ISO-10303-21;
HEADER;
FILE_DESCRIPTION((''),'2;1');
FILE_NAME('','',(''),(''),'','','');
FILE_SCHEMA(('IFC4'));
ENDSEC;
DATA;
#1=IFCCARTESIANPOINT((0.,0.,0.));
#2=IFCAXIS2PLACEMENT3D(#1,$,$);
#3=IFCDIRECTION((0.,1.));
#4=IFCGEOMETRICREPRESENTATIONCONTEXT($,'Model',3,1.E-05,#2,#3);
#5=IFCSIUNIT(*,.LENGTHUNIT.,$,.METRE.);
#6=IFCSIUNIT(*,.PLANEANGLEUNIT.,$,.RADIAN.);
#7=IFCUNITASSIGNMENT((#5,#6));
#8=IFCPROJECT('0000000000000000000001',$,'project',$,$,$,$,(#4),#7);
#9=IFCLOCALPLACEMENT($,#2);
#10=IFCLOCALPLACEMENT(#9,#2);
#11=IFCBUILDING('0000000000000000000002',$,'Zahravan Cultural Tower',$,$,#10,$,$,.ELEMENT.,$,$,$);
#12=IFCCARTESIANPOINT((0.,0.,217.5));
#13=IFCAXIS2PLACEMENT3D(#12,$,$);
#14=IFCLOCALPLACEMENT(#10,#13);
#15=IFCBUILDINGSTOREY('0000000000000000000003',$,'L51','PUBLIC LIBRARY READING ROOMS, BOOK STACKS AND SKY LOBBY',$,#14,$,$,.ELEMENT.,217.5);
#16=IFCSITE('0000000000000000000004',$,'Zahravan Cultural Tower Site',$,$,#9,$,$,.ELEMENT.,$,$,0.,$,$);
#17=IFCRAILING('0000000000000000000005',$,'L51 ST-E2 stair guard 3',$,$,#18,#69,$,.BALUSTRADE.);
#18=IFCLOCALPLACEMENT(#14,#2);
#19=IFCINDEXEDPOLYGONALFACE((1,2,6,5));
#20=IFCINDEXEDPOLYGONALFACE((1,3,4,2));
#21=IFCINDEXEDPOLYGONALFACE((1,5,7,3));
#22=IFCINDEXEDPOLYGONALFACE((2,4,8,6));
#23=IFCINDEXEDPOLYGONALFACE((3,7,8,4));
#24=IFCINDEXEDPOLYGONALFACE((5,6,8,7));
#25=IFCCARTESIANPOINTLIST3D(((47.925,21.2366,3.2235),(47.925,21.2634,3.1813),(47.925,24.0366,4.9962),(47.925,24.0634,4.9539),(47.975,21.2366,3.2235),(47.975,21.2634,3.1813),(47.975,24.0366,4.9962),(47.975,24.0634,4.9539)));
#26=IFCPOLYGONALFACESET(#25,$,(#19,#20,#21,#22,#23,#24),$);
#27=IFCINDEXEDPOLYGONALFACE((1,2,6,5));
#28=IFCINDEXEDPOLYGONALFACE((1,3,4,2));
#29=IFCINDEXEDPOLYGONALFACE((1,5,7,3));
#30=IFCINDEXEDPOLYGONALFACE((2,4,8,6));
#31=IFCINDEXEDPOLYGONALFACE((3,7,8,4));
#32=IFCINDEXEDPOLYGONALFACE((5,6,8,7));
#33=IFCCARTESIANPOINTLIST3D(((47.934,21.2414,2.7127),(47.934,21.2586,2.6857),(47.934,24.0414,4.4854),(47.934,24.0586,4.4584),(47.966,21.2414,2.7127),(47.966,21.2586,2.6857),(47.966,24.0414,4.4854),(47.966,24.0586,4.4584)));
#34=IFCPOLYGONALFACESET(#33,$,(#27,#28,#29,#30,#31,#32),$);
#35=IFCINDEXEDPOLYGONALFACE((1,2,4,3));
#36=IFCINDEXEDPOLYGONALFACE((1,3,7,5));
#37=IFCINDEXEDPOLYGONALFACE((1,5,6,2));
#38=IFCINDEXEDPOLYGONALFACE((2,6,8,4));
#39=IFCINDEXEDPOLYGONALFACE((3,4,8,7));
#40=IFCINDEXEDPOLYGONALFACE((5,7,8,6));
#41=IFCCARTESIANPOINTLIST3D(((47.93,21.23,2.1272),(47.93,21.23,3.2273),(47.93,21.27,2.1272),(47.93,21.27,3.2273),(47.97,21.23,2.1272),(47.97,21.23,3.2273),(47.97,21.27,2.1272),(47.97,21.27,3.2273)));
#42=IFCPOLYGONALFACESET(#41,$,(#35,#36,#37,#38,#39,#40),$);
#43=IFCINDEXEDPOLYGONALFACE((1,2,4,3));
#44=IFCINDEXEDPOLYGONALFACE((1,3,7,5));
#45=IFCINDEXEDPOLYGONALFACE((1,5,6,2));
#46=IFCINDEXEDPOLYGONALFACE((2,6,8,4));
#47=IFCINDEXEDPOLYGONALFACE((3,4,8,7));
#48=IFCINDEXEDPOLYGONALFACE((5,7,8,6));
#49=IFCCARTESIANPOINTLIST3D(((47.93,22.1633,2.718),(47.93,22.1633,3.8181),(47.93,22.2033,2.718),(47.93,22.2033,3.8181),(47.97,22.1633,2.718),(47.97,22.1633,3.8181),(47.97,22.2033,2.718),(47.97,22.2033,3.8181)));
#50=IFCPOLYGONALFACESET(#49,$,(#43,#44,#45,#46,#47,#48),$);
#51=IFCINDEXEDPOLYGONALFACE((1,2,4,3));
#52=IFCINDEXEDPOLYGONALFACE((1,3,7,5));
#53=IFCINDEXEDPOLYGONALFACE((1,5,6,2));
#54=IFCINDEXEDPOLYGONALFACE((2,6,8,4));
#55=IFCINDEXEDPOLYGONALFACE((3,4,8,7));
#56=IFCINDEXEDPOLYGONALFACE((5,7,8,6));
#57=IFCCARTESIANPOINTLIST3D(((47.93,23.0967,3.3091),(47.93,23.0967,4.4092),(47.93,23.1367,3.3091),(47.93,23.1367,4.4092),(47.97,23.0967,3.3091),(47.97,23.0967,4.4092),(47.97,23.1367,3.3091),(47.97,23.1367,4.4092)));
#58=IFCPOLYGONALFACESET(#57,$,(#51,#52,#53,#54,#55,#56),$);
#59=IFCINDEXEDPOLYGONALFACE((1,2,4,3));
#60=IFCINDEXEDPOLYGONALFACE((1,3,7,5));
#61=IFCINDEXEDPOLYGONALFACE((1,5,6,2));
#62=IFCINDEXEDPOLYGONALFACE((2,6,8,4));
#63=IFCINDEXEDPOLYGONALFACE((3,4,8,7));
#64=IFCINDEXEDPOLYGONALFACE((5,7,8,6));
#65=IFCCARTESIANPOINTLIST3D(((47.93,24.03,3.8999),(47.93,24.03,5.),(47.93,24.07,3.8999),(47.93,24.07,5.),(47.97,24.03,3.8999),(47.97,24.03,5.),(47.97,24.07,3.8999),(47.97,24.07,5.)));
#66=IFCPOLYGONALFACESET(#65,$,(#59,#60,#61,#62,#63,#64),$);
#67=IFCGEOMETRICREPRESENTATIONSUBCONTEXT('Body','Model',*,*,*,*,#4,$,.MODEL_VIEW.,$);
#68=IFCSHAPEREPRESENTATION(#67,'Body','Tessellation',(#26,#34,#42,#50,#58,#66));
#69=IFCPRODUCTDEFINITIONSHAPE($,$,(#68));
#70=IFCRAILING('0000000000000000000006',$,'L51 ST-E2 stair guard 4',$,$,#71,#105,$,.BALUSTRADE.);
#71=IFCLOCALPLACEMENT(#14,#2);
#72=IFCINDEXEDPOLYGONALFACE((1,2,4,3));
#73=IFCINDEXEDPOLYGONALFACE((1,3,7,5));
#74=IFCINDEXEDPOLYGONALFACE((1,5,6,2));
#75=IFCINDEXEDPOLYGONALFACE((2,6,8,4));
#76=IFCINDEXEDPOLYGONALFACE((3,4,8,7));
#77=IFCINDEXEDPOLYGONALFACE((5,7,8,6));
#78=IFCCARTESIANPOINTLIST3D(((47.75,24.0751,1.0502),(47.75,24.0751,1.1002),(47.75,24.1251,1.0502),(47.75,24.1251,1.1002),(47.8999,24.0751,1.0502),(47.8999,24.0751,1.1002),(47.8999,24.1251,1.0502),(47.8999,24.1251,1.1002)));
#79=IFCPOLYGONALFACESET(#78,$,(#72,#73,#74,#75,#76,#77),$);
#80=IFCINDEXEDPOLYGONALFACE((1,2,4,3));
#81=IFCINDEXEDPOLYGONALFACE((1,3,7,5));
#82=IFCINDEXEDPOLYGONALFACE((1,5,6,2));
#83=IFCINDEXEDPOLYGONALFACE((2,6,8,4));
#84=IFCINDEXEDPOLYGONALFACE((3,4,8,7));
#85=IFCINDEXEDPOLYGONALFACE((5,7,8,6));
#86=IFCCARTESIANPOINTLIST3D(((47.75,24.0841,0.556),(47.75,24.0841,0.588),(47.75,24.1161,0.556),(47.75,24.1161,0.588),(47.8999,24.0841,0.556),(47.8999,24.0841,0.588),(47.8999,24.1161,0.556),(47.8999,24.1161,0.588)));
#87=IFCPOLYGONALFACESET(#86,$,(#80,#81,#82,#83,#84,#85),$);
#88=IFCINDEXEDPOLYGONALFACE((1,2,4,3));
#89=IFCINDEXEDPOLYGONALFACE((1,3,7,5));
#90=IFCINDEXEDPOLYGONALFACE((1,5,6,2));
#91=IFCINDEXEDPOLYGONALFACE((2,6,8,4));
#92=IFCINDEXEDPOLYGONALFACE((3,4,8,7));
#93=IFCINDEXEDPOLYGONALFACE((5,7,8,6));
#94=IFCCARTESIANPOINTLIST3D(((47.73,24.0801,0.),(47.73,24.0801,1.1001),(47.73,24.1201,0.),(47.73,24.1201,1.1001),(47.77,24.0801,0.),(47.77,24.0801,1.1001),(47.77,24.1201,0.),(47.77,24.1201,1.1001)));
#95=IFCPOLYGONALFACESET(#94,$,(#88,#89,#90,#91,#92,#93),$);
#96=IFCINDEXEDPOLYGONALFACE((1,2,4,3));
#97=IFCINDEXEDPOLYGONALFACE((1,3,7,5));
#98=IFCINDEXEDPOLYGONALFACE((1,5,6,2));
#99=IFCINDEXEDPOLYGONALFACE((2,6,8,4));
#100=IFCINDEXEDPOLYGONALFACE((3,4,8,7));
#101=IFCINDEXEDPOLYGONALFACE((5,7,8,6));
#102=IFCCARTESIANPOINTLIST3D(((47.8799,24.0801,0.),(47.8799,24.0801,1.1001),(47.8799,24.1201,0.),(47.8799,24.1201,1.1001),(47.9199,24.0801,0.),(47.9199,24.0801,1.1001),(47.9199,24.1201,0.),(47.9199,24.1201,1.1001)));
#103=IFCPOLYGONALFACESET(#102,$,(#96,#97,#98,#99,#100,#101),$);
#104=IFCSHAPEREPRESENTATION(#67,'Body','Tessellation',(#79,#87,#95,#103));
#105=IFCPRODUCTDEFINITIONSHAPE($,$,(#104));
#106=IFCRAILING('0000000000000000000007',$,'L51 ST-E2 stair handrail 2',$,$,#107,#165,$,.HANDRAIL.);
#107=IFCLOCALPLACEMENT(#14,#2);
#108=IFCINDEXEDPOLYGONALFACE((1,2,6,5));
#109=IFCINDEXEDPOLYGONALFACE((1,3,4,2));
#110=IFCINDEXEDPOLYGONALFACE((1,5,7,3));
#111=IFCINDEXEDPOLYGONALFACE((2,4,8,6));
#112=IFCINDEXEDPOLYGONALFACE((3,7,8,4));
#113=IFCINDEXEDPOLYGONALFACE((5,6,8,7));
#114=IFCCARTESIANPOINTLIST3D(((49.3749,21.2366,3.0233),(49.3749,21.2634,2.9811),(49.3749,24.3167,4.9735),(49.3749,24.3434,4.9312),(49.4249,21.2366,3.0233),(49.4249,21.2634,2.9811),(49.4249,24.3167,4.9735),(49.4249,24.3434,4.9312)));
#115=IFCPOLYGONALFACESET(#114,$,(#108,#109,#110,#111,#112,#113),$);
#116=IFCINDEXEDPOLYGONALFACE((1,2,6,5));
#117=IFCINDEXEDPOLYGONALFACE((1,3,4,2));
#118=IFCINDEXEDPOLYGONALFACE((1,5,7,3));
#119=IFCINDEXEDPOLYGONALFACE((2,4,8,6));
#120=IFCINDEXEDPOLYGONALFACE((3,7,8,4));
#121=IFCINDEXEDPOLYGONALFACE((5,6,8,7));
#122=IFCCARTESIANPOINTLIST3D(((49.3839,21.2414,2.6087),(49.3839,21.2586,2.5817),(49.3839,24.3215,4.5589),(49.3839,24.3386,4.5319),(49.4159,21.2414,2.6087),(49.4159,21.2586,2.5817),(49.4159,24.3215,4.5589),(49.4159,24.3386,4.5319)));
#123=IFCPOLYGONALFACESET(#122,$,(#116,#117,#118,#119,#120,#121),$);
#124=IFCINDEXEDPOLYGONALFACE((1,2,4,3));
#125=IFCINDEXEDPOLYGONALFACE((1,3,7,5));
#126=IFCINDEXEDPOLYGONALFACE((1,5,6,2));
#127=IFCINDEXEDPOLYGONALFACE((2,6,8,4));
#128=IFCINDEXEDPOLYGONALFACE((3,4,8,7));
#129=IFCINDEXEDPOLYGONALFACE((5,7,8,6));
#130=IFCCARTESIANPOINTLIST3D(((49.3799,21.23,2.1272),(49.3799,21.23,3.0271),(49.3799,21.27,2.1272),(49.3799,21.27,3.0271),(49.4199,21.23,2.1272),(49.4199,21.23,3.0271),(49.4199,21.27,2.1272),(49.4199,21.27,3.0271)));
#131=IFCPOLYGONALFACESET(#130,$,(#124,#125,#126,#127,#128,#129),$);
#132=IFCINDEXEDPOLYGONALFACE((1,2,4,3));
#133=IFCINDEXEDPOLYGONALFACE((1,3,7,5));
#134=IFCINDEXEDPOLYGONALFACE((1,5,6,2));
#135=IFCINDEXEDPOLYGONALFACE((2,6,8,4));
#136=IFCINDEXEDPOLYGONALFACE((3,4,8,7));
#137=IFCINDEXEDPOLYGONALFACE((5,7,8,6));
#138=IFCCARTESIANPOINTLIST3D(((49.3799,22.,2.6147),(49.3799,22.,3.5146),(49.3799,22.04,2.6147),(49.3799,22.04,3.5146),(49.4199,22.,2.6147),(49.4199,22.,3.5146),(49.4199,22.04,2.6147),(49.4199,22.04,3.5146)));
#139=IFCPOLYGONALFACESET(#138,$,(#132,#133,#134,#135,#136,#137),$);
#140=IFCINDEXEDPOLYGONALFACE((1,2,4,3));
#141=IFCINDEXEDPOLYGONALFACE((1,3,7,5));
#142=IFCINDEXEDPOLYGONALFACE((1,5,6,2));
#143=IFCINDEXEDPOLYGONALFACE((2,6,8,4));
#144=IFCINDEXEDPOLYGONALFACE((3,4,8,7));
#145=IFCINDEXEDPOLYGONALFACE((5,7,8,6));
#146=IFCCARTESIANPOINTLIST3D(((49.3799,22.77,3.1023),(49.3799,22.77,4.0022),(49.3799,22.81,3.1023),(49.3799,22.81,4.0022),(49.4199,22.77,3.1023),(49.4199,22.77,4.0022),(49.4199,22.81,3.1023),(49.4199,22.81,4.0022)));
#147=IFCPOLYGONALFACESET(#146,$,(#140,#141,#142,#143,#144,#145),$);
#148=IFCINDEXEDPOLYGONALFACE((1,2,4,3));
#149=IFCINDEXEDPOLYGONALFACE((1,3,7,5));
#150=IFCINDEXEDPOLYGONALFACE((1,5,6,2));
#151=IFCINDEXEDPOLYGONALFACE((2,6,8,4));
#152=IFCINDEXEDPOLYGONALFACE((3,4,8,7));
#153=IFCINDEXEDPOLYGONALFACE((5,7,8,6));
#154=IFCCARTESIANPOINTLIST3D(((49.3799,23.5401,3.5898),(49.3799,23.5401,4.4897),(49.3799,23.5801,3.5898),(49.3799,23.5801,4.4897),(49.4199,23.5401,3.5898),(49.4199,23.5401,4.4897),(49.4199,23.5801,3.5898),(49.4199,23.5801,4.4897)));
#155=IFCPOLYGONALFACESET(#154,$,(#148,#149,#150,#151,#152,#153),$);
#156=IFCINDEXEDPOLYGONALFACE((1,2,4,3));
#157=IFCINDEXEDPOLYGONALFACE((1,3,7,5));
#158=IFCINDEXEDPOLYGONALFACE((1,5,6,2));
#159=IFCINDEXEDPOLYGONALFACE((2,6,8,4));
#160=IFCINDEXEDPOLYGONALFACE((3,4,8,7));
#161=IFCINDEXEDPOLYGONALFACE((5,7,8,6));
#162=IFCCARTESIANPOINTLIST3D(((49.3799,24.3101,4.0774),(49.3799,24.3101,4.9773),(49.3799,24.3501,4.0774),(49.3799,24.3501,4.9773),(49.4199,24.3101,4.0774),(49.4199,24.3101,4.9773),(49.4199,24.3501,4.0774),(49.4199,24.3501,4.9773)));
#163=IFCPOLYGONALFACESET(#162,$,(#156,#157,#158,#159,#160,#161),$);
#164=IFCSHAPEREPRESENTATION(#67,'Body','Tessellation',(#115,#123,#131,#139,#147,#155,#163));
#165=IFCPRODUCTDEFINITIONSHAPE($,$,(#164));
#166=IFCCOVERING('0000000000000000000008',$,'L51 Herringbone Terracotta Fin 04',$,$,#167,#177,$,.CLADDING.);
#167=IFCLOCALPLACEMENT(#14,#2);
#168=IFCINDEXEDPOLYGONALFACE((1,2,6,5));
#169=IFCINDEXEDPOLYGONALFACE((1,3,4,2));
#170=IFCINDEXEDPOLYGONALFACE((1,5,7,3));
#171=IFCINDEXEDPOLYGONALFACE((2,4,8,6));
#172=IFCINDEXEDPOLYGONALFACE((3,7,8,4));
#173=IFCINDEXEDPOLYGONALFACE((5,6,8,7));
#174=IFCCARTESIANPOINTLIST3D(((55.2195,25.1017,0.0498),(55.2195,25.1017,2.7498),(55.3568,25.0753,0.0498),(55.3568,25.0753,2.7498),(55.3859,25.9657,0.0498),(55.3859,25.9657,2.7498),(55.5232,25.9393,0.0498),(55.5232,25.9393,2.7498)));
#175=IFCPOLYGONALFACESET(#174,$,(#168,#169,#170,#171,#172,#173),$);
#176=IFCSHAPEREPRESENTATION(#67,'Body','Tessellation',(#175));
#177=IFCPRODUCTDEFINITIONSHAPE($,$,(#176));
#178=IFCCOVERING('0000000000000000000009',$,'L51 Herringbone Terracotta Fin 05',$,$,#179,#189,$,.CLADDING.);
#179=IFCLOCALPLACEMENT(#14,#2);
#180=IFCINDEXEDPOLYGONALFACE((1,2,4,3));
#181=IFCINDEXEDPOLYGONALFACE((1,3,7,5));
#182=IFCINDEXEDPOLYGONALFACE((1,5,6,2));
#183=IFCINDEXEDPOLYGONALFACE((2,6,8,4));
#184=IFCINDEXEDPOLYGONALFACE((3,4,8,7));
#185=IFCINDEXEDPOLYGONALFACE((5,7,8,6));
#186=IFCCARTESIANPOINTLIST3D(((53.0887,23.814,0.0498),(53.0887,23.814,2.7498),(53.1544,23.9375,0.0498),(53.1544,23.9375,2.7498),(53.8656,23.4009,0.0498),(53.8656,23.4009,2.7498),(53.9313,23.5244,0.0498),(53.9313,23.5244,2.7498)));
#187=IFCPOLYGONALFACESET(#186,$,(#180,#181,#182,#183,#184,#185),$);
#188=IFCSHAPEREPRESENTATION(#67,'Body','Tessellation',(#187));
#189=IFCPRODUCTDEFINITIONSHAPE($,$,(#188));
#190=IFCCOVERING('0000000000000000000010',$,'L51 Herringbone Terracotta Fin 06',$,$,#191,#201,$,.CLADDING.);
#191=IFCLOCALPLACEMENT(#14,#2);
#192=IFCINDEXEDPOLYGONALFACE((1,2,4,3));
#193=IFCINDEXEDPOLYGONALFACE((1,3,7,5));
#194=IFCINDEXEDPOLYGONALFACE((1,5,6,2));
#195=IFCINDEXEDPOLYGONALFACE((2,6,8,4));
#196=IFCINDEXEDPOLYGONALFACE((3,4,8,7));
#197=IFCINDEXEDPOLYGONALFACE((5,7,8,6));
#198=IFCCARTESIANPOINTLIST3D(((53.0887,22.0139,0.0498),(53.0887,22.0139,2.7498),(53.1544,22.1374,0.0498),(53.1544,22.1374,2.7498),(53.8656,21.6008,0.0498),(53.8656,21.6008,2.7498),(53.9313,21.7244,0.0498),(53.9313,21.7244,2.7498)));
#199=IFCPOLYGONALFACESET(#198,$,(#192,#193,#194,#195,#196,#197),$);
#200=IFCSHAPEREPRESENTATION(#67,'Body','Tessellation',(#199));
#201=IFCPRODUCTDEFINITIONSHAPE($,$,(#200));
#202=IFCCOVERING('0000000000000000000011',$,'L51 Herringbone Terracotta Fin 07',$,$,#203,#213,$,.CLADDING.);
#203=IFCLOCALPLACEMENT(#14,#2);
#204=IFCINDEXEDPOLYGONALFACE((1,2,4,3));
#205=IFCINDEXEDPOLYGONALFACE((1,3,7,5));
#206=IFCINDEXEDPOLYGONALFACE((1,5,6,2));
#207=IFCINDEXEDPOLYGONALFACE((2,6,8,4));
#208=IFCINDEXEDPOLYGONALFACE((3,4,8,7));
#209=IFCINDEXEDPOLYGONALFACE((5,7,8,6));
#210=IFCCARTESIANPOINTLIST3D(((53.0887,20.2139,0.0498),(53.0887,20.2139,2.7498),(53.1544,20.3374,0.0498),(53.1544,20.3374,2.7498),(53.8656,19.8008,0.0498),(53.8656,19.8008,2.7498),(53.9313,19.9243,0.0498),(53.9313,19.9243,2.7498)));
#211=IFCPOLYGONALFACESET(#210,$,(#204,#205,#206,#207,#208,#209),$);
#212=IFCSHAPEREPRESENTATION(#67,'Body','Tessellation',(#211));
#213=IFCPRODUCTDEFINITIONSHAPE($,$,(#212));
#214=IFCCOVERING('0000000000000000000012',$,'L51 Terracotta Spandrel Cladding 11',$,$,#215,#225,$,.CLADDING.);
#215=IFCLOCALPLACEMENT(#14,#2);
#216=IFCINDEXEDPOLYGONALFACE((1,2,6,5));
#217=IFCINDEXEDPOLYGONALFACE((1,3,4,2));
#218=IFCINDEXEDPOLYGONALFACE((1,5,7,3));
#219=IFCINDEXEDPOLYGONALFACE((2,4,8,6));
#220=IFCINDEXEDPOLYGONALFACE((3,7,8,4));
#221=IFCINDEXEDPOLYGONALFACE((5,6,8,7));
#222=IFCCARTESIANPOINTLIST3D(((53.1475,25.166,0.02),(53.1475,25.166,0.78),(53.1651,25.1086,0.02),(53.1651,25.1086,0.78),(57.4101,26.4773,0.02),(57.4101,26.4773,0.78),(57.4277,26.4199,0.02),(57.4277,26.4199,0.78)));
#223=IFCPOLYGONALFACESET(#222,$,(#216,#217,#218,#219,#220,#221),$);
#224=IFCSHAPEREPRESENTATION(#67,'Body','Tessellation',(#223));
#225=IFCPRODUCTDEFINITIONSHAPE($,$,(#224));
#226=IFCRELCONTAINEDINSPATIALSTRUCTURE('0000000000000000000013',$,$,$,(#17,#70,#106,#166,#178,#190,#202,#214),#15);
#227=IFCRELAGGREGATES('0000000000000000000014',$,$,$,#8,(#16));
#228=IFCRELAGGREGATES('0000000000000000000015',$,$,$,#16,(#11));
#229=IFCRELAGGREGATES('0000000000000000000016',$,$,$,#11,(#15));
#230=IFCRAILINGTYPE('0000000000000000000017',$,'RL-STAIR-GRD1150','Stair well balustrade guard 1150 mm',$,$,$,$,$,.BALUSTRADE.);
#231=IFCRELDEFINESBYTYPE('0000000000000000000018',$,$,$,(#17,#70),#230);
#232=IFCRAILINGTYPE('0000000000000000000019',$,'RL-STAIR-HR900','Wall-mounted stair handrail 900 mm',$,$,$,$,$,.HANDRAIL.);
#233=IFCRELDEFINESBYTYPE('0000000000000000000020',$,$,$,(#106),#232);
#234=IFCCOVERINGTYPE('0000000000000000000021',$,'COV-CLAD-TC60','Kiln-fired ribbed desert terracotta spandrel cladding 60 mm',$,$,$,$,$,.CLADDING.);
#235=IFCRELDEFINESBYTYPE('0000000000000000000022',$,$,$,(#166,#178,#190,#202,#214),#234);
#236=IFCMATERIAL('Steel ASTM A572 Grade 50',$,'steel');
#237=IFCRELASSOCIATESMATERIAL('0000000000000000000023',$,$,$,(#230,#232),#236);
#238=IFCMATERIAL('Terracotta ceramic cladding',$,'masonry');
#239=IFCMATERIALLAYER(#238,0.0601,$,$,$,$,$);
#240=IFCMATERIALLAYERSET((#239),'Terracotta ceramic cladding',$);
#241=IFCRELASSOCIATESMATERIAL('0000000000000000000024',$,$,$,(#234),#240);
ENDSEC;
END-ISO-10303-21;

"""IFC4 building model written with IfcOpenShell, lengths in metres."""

from ifc_helpers import new_model, si_unit, direction, frame, origin, origin_2d, place, context, subcontext, project, spatial, rectangle, extrude, source, transform, mapped, material, layer, layer_set, type_object, element, save


model = new_model("IFC4")

# Units and contexts
model_context = context("Model", 3, precision=1e-05, world=origin(), true_north=direction((0.0, 1.0)))
body_context = subcontext(model_context, "Body", "Model", "MODEL_VIEW")
ifc_project = project(units=[si_unit("LENGTHUNIT", "METRE"), si_unit("PLANEANGLEUNIT", "RADIAN")], contexts=[model_context])

# Site, building, storey
site_placement = place(None, origin())
site = spatial("IfcSite", under=ifc_project, at=site_placement, Name="Zahravan Cultural Tower Site", CompositionType="ELEMENT", RefElevation=0.0)
building_placement = place(site_placement, origin())
building = spatial("IfcBuilding", under=site, at=building_placement, Name="Zahravan Cultural Tower", CompositionType="ELEMENT")
storey_placement = place(building_placement, frame((0.0, 0.0, 217.5)))
storey = spatial("IfcBuildingStorey", under=building, at=storey_placement, Name="L51", Description="PUBLIC LIBRARY READING ROOMS, BOOK STACKS AND SKY LOBBY", CompositionType="ELEMENT", Elevation=217.5)

# Railings
ifc_material_1 = material(Name="Steel ASTM A572 Grade 50", Category="steel")
railing_type_1 = type_object("IfcRailingType", Name="RL-STAIR-GRD1150", Description="Stair well balustrade guard 1150 mm", PredefinedType="BALUSTRADE", material=ifc_material_1)
railing_1_placement = place(storey_placement, frame((47.95, 21.25, 2.1272)))
element("IfcRailing", 1, at=railing_1_placement, inside=storey, type_object=railing_type_1, Name="L51 ST-E2 stair guard 3", PredefinedType="BALUSTRADE", context=body_context, shape_type="SweptSolid", body=[
    extrude(rectangle(XDim=0.05, YDim=0.05, at=origin_2d()), frame((0.0, 0.0, 1.0752), z_axis=(0.0, 0.844909, 0.53491), x_axis=(-1.0, 0.0, 0.0)), (0.0, 0.0, 1.0), 3.314),
    extrude(rectangle(XDim=0.032, YDim=0.032, at=origin_2d()), frame((0.0, 0.0, 0.572), z_axis=(0.0, 0.844909, 0.53491), x_axis=(-1.0, 0.0, 0.0)), (0.0, 0.0, 1.0), 3.314),
    extrude(rectangle(XDim=0.04, YDim=0.04, at=origin_2d()), origin(), (0.0, 0.0, 1.0), 1.1001),
    extrude(rectangle(XDim=0.04, YDim=0.04, at=origin_2d()), frame((0.0, 0.9333, 0.5908)), (0.0, 0.0, 1.0), 1.1001),
    extrude(rectangle(XDim=0.04, YDim=0.04, at=origin_2d()), frame((0.0, 1.8667, 1.1819)), (0.0, 0.0, 1.0), 1.1001),
    extrude(rectangle(XDim=0.04, YDim=0.04, at=origin_2d()), frame((0.0, 2.8, 1.7727)), (0.0, 0.0, 1.0), 1.1001),
])
railing_2_placement = place(storey_placement, frame((47.75, 24.1001, 0.0)))
element("IfcRailing", 2, at=railing_2_placement, inside=storey, type_object=railing_type_1, Name="L51 ST-E2 stair guard 4", PredefinedType="BALUSTRADE", context=body_context, shape_type="SweptSolid", body=[
    extrude(rectangle(XDim=0.05, YDim=0.05, at=origin_2d()), frame((0.0, 0.0, 1.0752), z_axis=(1.0, 0.0, 0.0), x_axis=(0.0, 1.0, 0.0)), (0.0, 0.0, 1.0), 0.1499),
    extrude(rectangle(XDim=0.032, YDim=0.032, at=origin_2d()), frame((0.0, 0.0, 0.572), z_axis=(1.0, 0.0, 0.0), x_axis=(0.0, 1.0, 0.0)), (0.0, 0.0, 1.0), 0.1499),
    extrude(rectangle(XDim=0.04, YDim=0.04, at=origin_2d()), origin(), (0.0, 0.0, 1.0), 1.1001),
    extrude(rectangle(XDim=0.04, YDim=0.04, at=origin_2d()), frame((0.1499, 0.0, 0.0)), (0.0, 0.0, 1.0), 1.1001),
])
railing_type_2 = type_object("IfcRailingType", Name="RL-STAIR-HR900", Description="Wall-mounted stair handrail 900 mm", PredefinedType="HANDRAIL", material=ifc_material_1)
railing_3_placement = place(storey_placement, frame((49.3999, 21.25, 2.1272)))
element("IfcRailing", 3, at=railing_3_placement, inside=storey, type_object=railing_type_2, Name="L51 ST-E2 stair handrail 2", PredefinedType="HANDRAIL", context=body_context, shape_type="SweptSolid", body=[
    extrude(rectangle(XDim=0.05, YDim=0.05, at=origin_2d()), frame((0.0, 0.0, 0.875), z_axis=(0.0, 0.844884, 0.53495), x_axis=(-1.0, 0.0, 0.0)), (0.0, 0.0, 1.0), 3.6455),
    extrude(rectangle(XDim=0.032, YDim=0.032, at=origin_2d()), frame((0.0, 0.0, 0.468), z_axis=(0.0, 0.844884, 0.53495), x_axis=(-1.0, 0.0, 0.0)), (0.0, 0.0, 1.0), 3.6455),
    extrude(rectangle(XDim=0.04, YDim=0.04, at=origin_2d()), origin(), (0.0, 0.0, 1.0), 0.8999),
    extrude(rectangle(XDim=0.04, YDim=0.04, at=origin_2d()), frame((0.0, 0.77, 0.4875)), (0.0, 0.0, 1.0), 0.8999),
    extrude(rectangle(XDim=0.04, YDim=0.04, at=origin_2d()), frame((0.0, 1.54, 0.9751)), (0.0, 0.0, 1.0), 0.8999),
    extrude(rectangle(XDim=0.04, YDim=0.04, at=origin_2d()), frame((0.0, 2.3101, 1.4626)), (0.0, 0.0, 1.0), 0.8999),
    extrude(rectangle(XDim=0.04, YDim=0.04, at=origin_2d()), frame((0.0, 3.0801, 1.9502)), (0.0, 0.0, 1.0), 0.8999),
])

# Coverings
ifc_material_2 = material(Name="Terracotta ceramic cladding", Category="masonry")
ifc_layer_1 = layer(ifc_material_2, 0.0601)
ifc_layer_set_1 = layer_set([ifc_layer_1], Name="Terracotta ceramic cladding")
covering_type = type_object("IfcCoveringType", Name="COV-CLAD-TC60", Description="Kiln-fired ribbed desert terracotta spandrel cladding 60 mm", PredefinedType="CLADDING", material=ifc_layer_set_1)
shared_shape_1 = source(origin(), body_context, "Body", "SweptSolid", [
    extrude(rectangle(XDim=0.8799, YDim=0.1399, at=origin_2d()), origin(), (0.0, 0.0, 1.0), 2.7),
])
for number, where, z_axis, x_axis, name in (
    (4, (55.3713, 25.5205, 0.0498), (0.0, 0.0, 1.0), (-0.189113, -0.981955, 0.0), "L51 Herringbone Terracotta Fin 04"),
    (5, (53.51, 23.6692, 0.0498), (0.0, 0.0, 1.0), (0.882948, -0.469472, 0.0), "L51 Herringbone Terracotta Fin 05"),
    (6, (53.51, 21.8691, 0.0498), (0.0, 0.0, 1.0), (0.882948, -0.469472, 0.0), "L51 Herringbone Terracotta Fin 06"),
    (7, (53.51, 20.0691, 0.0498), (0.0, 0.0, 1.0), (0.882948, -0.469472, 0.0), "L51 Herringbone Terracotta Fin 07"),
):
    element("IfcCovering", number, at=place(storey_placement, frame(where, z_axis=z_axis, x_axis=x_axis)), inside=storey, type_object=covering_type, Name=name, PredefinedType="CLADDING", context=body_context, shape_type="MappedRepresentation", body=[
        mapped(shared_shape_1, transform((0.0, 0.0, 0.0), x_axis=(1.0, 0.0, 0.0), y_axis=(0.0, 1.0, 0.0), z_axis=(0.0, 0.0, 1.0), scale=1.0)),
    ])
shared_shape_2 = source(origin(), body_context, "Body", "SweptSolid", [
    extrude(rectangle(XDim=4.4597, YDim=0.0601, at=origin_2d()), origin(), (0.0, 0.0, 1.0), 0.76),
])
covering_1_placement = place(storey_placement, frame((55.2876, 25.793, 0.02), z_axis=(0.0, 0.0, 1.0), x_axis=(-0.955798, -0.294024, 0.0)))
element("IfcCovering", 8, at=covering_1_placement, inside=storey, type_object=covering_type, Name="L51 Terracotta Spandrel Cladding 11", PredefinedType="CLADDING", context=body_context, shape_type="MappedRepresentation", body=[
    mapped(shared_shape_2, transform((0.0, 0.0, 0.0), x_axis=(1.0, 0.0, 0.0), y_axis=(0.0, 1.0, 0.0), z_axis=(0.0, 0.0, 1.0), scale=1.0)),
])

save(model, "model.ifc")
